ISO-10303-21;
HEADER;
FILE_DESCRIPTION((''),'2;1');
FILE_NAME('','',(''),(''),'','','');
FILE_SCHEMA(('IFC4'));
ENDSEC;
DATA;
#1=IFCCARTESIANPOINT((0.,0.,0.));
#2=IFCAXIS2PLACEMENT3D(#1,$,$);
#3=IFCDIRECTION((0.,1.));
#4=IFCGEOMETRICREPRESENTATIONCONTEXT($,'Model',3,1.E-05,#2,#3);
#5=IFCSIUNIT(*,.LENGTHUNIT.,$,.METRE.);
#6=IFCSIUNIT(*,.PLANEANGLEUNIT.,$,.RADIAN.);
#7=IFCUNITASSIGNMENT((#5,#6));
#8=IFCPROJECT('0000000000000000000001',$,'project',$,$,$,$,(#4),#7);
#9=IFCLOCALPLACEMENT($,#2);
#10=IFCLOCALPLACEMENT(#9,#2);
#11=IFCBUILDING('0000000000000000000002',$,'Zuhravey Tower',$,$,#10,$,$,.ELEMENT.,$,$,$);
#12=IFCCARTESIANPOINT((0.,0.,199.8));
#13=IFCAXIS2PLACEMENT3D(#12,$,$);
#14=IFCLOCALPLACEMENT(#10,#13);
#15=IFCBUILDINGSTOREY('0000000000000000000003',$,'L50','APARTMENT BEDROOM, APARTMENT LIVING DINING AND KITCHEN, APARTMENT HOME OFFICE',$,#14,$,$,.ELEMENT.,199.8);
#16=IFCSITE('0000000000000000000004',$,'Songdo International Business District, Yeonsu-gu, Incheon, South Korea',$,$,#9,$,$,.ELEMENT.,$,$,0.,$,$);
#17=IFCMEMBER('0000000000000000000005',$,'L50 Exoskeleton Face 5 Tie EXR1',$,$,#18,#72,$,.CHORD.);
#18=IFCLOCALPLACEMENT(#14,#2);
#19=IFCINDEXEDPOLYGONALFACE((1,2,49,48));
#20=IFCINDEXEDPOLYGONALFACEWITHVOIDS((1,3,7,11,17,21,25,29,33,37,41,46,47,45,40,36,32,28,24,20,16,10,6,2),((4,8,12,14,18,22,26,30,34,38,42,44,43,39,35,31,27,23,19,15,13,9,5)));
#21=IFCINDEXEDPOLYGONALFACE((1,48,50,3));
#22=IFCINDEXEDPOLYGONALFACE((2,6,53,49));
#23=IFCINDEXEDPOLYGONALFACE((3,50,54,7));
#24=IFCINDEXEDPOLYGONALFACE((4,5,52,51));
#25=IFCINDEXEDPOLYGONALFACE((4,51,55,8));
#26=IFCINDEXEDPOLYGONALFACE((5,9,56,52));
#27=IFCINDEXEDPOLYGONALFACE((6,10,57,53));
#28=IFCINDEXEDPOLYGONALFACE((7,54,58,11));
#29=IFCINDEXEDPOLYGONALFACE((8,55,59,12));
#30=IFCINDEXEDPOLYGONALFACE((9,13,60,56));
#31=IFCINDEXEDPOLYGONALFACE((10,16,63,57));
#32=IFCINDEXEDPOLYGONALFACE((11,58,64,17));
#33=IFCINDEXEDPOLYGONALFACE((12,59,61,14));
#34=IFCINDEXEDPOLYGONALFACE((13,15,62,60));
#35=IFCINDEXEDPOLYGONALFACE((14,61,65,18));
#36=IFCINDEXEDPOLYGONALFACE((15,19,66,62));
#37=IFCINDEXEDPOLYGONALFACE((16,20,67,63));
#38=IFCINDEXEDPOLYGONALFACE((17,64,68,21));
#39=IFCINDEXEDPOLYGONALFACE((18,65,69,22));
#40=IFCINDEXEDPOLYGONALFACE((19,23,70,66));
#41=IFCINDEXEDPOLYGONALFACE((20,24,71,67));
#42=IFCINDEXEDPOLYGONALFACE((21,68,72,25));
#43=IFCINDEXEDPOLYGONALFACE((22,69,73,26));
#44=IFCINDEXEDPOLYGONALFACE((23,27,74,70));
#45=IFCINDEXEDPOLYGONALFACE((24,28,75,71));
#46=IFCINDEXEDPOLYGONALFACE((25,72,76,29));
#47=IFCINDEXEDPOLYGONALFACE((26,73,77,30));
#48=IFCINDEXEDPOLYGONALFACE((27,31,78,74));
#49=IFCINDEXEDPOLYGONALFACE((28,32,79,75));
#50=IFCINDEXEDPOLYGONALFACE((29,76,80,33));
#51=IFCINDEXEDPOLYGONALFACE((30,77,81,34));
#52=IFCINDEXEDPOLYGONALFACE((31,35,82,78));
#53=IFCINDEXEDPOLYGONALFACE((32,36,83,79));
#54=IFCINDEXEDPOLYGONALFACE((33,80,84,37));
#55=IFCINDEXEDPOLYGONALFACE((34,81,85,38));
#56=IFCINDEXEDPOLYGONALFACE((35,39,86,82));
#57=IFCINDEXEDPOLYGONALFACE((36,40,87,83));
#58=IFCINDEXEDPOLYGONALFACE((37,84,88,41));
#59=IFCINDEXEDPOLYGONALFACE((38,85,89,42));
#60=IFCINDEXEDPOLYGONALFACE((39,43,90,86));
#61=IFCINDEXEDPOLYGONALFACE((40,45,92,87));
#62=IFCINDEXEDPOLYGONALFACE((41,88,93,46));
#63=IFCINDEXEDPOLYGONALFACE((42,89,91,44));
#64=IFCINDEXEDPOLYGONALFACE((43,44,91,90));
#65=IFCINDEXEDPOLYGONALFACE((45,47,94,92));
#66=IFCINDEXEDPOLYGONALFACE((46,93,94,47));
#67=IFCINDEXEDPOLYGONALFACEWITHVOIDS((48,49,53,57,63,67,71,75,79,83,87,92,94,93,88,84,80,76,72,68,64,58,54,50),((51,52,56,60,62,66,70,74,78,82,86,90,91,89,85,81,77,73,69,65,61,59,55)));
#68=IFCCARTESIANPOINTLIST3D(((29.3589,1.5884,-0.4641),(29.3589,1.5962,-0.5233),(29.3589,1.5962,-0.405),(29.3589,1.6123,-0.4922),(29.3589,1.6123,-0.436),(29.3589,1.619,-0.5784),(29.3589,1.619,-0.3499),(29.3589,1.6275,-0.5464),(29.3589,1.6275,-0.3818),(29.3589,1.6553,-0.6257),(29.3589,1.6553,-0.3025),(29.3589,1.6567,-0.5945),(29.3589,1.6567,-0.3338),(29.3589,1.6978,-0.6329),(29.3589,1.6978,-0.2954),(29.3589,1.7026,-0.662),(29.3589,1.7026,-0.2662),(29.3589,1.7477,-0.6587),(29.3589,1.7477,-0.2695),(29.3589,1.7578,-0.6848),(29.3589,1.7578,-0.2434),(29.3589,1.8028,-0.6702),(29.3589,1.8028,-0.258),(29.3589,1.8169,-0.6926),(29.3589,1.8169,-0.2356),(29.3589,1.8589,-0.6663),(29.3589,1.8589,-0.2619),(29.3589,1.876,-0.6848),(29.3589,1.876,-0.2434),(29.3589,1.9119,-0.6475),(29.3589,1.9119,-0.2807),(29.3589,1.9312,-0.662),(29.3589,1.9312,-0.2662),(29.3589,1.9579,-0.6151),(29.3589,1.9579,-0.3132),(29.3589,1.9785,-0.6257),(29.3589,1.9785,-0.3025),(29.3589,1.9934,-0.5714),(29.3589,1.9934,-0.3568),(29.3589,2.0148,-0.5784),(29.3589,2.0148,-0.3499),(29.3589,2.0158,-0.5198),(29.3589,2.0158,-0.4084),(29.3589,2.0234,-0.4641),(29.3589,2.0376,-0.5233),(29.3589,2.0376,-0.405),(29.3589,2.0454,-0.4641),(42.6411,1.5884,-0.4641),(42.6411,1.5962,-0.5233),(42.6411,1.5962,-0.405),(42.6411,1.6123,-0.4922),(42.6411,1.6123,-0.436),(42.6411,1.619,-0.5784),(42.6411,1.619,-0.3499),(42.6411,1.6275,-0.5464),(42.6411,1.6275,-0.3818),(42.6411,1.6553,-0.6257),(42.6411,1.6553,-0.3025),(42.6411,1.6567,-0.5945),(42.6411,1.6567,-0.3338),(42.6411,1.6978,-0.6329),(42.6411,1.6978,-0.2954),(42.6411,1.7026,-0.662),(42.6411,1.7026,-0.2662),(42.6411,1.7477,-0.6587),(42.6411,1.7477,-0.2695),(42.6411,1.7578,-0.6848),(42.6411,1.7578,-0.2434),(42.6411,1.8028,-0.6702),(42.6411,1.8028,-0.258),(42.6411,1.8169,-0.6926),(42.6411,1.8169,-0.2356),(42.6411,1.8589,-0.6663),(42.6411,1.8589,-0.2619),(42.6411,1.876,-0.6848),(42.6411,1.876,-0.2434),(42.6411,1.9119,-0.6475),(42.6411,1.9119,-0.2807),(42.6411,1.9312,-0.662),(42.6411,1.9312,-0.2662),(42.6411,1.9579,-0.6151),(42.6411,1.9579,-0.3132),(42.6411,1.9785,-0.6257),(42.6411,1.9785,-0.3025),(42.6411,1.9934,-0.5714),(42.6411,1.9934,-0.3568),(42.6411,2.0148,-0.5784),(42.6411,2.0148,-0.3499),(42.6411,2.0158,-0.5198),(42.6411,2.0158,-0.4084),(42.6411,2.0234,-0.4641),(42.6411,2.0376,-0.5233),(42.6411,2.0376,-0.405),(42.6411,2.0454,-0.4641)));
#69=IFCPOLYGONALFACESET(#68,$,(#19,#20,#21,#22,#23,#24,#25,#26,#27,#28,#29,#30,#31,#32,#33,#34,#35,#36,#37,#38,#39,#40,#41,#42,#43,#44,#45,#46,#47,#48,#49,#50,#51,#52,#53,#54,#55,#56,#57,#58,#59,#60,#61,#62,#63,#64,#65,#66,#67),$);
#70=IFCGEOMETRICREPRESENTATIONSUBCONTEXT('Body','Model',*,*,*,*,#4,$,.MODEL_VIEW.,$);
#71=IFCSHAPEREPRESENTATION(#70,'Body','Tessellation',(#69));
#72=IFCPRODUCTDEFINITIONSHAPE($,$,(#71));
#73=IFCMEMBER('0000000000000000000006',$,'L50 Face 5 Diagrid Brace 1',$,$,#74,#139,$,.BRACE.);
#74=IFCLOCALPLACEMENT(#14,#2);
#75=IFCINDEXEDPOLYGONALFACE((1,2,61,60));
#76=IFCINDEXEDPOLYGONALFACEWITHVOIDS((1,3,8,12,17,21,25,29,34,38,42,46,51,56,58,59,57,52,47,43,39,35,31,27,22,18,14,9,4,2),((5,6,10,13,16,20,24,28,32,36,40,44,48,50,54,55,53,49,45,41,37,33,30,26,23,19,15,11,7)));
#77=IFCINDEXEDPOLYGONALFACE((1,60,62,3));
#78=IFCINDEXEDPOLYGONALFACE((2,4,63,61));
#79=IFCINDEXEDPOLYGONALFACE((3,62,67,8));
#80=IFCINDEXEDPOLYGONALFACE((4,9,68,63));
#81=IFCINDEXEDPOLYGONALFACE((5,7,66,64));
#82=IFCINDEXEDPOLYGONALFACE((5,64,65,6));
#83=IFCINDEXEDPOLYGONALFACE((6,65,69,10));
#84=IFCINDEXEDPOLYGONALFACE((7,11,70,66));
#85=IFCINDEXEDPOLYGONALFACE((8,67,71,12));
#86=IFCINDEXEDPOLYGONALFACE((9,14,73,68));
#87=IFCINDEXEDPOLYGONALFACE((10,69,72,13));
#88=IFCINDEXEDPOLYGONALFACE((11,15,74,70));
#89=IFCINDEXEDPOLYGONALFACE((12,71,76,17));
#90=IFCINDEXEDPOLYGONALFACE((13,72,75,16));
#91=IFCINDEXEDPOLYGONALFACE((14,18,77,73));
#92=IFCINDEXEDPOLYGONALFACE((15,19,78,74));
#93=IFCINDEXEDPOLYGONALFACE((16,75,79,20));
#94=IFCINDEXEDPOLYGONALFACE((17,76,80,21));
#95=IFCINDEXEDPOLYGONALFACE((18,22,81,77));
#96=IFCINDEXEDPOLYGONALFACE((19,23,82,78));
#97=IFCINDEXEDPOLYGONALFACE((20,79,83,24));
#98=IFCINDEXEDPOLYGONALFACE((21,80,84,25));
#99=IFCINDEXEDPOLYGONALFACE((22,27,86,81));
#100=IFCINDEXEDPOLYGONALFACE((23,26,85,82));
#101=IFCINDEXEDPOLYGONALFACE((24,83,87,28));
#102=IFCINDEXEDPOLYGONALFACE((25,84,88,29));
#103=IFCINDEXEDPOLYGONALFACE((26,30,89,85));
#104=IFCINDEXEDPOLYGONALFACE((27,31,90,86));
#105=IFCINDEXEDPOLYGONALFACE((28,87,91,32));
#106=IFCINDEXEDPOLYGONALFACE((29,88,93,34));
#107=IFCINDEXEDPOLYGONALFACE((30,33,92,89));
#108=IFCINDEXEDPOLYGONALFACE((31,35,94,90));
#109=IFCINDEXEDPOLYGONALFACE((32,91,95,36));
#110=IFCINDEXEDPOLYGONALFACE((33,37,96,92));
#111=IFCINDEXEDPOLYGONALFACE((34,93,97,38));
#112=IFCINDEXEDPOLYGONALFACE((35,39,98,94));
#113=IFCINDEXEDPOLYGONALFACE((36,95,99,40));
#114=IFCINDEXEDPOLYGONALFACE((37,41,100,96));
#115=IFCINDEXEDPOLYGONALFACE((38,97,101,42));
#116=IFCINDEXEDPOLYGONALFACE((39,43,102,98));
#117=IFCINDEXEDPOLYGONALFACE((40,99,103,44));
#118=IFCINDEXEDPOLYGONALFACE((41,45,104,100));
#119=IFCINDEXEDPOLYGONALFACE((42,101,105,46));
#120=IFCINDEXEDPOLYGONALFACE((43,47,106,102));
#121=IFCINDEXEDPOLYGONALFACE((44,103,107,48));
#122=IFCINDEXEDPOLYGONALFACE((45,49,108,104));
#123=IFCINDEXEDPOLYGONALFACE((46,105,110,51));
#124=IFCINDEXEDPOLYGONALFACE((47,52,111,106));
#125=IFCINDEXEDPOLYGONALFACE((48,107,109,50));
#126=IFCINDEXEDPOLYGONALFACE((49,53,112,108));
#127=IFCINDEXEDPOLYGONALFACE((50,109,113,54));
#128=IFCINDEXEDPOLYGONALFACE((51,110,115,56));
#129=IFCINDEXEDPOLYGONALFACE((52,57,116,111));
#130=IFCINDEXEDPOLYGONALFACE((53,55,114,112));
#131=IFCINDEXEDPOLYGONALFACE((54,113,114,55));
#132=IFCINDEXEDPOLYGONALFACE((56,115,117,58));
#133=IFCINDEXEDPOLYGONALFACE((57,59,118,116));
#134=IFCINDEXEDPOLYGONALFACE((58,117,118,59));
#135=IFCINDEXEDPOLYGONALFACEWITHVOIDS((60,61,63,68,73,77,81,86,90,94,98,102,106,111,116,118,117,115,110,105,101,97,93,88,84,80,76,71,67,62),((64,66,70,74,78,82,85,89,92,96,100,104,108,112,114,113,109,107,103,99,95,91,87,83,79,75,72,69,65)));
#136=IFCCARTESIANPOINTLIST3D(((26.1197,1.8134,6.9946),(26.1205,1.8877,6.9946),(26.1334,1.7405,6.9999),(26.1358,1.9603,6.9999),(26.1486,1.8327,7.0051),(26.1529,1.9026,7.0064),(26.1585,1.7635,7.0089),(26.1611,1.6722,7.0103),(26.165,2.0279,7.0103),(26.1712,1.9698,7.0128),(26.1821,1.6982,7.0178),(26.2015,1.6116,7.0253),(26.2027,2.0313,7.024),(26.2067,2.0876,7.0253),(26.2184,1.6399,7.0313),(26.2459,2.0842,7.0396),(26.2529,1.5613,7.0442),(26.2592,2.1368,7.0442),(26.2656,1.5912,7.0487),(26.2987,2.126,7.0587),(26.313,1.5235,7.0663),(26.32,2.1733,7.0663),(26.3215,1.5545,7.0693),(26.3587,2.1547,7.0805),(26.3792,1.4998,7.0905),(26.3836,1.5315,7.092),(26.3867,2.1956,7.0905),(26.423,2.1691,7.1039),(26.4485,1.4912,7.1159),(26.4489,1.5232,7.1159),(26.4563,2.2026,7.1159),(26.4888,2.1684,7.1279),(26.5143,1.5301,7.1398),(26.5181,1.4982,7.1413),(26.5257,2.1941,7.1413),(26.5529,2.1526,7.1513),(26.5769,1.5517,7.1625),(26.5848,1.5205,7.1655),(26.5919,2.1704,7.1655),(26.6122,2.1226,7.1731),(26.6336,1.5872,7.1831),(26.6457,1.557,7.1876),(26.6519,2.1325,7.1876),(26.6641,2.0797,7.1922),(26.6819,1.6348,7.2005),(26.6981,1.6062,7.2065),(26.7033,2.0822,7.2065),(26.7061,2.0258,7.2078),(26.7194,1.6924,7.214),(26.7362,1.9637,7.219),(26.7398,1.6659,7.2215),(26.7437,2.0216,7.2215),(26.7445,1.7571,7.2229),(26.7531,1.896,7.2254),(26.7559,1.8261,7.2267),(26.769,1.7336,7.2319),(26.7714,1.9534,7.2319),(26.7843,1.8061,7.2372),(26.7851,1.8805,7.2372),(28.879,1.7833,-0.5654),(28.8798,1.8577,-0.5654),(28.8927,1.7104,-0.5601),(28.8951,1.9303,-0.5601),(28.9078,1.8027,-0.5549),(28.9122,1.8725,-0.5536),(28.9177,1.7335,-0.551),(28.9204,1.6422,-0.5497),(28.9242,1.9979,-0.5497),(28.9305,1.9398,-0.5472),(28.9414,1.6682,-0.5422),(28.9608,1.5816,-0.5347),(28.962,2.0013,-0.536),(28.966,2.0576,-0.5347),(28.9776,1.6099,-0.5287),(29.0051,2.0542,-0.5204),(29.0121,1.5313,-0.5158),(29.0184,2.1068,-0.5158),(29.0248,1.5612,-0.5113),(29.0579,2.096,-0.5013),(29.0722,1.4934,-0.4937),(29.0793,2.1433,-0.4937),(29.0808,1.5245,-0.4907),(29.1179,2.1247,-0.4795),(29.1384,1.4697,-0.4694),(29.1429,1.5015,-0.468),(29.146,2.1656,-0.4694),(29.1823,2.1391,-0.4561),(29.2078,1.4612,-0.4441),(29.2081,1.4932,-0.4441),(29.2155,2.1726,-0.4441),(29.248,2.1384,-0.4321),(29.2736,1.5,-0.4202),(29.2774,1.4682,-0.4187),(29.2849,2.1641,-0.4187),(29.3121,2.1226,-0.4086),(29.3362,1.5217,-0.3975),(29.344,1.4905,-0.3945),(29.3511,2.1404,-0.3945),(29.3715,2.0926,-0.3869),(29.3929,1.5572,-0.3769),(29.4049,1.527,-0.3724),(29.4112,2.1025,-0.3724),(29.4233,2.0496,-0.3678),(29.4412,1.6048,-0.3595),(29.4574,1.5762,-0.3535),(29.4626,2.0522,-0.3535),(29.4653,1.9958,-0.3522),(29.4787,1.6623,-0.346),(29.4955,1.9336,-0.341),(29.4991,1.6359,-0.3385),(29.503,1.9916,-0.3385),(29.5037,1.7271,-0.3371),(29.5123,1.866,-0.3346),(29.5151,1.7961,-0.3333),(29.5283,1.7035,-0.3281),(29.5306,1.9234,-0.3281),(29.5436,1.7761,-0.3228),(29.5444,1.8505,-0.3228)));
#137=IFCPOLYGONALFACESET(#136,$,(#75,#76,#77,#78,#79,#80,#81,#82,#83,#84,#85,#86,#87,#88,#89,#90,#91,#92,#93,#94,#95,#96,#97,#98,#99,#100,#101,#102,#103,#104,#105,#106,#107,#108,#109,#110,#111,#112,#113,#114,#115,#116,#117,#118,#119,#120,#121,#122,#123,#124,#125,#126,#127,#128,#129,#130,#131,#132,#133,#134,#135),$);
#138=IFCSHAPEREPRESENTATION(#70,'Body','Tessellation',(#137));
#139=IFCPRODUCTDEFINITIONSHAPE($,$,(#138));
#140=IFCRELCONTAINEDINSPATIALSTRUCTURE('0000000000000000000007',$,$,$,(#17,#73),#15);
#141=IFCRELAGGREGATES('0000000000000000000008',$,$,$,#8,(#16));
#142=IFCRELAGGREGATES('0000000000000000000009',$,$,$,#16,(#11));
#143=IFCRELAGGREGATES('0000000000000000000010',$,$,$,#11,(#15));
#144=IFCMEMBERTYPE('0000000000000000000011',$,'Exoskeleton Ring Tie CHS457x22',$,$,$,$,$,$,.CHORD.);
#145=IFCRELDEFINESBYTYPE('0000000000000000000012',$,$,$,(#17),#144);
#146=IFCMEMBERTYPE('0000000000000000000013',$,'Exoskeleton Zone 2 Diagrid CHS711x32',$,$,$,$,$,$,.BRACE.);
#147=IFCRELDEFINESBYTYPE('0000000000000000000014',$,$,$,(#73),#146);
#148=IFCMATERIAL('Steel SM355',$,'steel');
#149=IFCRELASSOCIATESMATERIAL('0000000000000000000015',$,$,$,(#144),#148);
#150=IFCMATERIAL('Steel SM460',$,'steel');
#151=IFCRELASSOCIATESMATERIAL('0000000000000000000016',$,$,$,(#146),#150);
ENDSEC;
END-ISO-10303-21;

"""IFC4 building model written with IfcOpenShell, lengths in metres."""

from ifc_helpers import new_model, si_unit, direction, frame, origin, origin_2d, place, context, subcontext, project, spatial, hollow_circle, extrude, material, material_profile, profile_set, type_object, element, save


model = new_model("IFC4")

# Units and contexts
model_context = context("Model", 3, precision=1e-05, world=origin(), true_north=direction((0.0, 1.0)))
body_context = subcontext(model_context, "Body", "Model", "MODEL_VIEW")
ifc_project = project(units=[si_unit("LENGTHUNIT", "METRE"), si_unit("PLANEANGLEUNIT", "RADIAN")], contexts=[model_context])

# Site, building, storey
site_placement = place(None, origin())
site = spatial("IfcSite", under=ifc_project, at=site_placement, Name="Songdo International Business District, Yeonsu-gu, Incheon, South Korea", CompositionType="ELEMENT", RefElevation=0.0)
building_placement = place(site_placement, origin())
building = spatial("IfcBuilding", under=site, at=building_placement, Name="Zuhravey Tower", CompositionType="ELEMENT")
storey_placement = place(building_placement, frame((0.0, 0.0, 199.8)))
storey = spatial("IfcBuildingStorey", under=building, at=storey_placement, Name="L50", Description="APARTMENT BEDROOM, APARTMENT LIVING DINING AND KITCHEN, APARTMENT HOME OFFICE", CompositionType="ELEMENT", Elevation=199.8)

# Members
ifc_material_1 = material(Name="Steel SM355", Category="steel")
ifc_material_profile_1 = material_profile(ifc_material_1, hollow_circle(Radius=0.2285, WallThickness=0.022, at=origin_2d()), Name="CHS-457.2x22")
ifc_profile_set_1 = profile_set([ifc_material_profile_1], Name="Steel SM355")
member_type_1 = type_object("IfcMemberType", Name="Exoskeleton Ring Tie CHS457x22", PredefinedType="CHORD", material=ifc_profile_set_1)
member_1_placement = place(storey_placement, frame((29.3589, 1.8169, -0.4641), z_axis=(1.0, 0.0, 0.0), x_axis=(0.0, 1.0, 0.0)))
element("IfcMember", 1, at=member_1_placement, inside=storey, type_object=member_type_1, Name="L50 Exoskeleton Face 5 Tie EXR1", PredefinedType="CHORD", context=body_context, shape_type="SweptSolid", body=[
    extrude(hollow_circle(Radius=0.2285, WallThickness=0.022, at=origin_2d()), origin(), (0.0, 0.0, 1.0), 13.2822),
])
ifc_material_2 = material(Name="Steel SM460", Category="steel")
ifc_material_profile_2 = material_profile(ifc_material_2, hollow_circle(Radius=0.3557, WallThickness=0.032, at=origin_2d()), Name="CHS-711.2x32")
ifc_profile_set_2 = profile_set([ifc_material_profile_2], Name="Steel SM460")
member_type_2 = type_object("IfcMemberType", Name="Exoskeleton Zone 2 Diagrid CHS711x32", PredefinedType="BRACE", material=ifc_profile_set_2)
member_2_placement = place(storey_placement, frame((29.2117, 1.8169, -0.4441), z_axis=(-0.342856, 0.003731, 0.939381), x_axis=(-0.010882, -0.999941, 0.0)))
element("IfcMember", 2, at=member_2_placement, inside=storey, type_object=member_type_2, Name="L50 Face 5 Diagrid Brace 1", PredefinedType="BRACE", context=body_context, shape_type="SweptSolid", body=[
    extrude(hollow_circle(Radius=0.3557, WallThickness=0.032, at=origin_2d()), origin(), (0.0, 0.0, 1.0), 8.0479),
])

save(model, "model.ifc")
